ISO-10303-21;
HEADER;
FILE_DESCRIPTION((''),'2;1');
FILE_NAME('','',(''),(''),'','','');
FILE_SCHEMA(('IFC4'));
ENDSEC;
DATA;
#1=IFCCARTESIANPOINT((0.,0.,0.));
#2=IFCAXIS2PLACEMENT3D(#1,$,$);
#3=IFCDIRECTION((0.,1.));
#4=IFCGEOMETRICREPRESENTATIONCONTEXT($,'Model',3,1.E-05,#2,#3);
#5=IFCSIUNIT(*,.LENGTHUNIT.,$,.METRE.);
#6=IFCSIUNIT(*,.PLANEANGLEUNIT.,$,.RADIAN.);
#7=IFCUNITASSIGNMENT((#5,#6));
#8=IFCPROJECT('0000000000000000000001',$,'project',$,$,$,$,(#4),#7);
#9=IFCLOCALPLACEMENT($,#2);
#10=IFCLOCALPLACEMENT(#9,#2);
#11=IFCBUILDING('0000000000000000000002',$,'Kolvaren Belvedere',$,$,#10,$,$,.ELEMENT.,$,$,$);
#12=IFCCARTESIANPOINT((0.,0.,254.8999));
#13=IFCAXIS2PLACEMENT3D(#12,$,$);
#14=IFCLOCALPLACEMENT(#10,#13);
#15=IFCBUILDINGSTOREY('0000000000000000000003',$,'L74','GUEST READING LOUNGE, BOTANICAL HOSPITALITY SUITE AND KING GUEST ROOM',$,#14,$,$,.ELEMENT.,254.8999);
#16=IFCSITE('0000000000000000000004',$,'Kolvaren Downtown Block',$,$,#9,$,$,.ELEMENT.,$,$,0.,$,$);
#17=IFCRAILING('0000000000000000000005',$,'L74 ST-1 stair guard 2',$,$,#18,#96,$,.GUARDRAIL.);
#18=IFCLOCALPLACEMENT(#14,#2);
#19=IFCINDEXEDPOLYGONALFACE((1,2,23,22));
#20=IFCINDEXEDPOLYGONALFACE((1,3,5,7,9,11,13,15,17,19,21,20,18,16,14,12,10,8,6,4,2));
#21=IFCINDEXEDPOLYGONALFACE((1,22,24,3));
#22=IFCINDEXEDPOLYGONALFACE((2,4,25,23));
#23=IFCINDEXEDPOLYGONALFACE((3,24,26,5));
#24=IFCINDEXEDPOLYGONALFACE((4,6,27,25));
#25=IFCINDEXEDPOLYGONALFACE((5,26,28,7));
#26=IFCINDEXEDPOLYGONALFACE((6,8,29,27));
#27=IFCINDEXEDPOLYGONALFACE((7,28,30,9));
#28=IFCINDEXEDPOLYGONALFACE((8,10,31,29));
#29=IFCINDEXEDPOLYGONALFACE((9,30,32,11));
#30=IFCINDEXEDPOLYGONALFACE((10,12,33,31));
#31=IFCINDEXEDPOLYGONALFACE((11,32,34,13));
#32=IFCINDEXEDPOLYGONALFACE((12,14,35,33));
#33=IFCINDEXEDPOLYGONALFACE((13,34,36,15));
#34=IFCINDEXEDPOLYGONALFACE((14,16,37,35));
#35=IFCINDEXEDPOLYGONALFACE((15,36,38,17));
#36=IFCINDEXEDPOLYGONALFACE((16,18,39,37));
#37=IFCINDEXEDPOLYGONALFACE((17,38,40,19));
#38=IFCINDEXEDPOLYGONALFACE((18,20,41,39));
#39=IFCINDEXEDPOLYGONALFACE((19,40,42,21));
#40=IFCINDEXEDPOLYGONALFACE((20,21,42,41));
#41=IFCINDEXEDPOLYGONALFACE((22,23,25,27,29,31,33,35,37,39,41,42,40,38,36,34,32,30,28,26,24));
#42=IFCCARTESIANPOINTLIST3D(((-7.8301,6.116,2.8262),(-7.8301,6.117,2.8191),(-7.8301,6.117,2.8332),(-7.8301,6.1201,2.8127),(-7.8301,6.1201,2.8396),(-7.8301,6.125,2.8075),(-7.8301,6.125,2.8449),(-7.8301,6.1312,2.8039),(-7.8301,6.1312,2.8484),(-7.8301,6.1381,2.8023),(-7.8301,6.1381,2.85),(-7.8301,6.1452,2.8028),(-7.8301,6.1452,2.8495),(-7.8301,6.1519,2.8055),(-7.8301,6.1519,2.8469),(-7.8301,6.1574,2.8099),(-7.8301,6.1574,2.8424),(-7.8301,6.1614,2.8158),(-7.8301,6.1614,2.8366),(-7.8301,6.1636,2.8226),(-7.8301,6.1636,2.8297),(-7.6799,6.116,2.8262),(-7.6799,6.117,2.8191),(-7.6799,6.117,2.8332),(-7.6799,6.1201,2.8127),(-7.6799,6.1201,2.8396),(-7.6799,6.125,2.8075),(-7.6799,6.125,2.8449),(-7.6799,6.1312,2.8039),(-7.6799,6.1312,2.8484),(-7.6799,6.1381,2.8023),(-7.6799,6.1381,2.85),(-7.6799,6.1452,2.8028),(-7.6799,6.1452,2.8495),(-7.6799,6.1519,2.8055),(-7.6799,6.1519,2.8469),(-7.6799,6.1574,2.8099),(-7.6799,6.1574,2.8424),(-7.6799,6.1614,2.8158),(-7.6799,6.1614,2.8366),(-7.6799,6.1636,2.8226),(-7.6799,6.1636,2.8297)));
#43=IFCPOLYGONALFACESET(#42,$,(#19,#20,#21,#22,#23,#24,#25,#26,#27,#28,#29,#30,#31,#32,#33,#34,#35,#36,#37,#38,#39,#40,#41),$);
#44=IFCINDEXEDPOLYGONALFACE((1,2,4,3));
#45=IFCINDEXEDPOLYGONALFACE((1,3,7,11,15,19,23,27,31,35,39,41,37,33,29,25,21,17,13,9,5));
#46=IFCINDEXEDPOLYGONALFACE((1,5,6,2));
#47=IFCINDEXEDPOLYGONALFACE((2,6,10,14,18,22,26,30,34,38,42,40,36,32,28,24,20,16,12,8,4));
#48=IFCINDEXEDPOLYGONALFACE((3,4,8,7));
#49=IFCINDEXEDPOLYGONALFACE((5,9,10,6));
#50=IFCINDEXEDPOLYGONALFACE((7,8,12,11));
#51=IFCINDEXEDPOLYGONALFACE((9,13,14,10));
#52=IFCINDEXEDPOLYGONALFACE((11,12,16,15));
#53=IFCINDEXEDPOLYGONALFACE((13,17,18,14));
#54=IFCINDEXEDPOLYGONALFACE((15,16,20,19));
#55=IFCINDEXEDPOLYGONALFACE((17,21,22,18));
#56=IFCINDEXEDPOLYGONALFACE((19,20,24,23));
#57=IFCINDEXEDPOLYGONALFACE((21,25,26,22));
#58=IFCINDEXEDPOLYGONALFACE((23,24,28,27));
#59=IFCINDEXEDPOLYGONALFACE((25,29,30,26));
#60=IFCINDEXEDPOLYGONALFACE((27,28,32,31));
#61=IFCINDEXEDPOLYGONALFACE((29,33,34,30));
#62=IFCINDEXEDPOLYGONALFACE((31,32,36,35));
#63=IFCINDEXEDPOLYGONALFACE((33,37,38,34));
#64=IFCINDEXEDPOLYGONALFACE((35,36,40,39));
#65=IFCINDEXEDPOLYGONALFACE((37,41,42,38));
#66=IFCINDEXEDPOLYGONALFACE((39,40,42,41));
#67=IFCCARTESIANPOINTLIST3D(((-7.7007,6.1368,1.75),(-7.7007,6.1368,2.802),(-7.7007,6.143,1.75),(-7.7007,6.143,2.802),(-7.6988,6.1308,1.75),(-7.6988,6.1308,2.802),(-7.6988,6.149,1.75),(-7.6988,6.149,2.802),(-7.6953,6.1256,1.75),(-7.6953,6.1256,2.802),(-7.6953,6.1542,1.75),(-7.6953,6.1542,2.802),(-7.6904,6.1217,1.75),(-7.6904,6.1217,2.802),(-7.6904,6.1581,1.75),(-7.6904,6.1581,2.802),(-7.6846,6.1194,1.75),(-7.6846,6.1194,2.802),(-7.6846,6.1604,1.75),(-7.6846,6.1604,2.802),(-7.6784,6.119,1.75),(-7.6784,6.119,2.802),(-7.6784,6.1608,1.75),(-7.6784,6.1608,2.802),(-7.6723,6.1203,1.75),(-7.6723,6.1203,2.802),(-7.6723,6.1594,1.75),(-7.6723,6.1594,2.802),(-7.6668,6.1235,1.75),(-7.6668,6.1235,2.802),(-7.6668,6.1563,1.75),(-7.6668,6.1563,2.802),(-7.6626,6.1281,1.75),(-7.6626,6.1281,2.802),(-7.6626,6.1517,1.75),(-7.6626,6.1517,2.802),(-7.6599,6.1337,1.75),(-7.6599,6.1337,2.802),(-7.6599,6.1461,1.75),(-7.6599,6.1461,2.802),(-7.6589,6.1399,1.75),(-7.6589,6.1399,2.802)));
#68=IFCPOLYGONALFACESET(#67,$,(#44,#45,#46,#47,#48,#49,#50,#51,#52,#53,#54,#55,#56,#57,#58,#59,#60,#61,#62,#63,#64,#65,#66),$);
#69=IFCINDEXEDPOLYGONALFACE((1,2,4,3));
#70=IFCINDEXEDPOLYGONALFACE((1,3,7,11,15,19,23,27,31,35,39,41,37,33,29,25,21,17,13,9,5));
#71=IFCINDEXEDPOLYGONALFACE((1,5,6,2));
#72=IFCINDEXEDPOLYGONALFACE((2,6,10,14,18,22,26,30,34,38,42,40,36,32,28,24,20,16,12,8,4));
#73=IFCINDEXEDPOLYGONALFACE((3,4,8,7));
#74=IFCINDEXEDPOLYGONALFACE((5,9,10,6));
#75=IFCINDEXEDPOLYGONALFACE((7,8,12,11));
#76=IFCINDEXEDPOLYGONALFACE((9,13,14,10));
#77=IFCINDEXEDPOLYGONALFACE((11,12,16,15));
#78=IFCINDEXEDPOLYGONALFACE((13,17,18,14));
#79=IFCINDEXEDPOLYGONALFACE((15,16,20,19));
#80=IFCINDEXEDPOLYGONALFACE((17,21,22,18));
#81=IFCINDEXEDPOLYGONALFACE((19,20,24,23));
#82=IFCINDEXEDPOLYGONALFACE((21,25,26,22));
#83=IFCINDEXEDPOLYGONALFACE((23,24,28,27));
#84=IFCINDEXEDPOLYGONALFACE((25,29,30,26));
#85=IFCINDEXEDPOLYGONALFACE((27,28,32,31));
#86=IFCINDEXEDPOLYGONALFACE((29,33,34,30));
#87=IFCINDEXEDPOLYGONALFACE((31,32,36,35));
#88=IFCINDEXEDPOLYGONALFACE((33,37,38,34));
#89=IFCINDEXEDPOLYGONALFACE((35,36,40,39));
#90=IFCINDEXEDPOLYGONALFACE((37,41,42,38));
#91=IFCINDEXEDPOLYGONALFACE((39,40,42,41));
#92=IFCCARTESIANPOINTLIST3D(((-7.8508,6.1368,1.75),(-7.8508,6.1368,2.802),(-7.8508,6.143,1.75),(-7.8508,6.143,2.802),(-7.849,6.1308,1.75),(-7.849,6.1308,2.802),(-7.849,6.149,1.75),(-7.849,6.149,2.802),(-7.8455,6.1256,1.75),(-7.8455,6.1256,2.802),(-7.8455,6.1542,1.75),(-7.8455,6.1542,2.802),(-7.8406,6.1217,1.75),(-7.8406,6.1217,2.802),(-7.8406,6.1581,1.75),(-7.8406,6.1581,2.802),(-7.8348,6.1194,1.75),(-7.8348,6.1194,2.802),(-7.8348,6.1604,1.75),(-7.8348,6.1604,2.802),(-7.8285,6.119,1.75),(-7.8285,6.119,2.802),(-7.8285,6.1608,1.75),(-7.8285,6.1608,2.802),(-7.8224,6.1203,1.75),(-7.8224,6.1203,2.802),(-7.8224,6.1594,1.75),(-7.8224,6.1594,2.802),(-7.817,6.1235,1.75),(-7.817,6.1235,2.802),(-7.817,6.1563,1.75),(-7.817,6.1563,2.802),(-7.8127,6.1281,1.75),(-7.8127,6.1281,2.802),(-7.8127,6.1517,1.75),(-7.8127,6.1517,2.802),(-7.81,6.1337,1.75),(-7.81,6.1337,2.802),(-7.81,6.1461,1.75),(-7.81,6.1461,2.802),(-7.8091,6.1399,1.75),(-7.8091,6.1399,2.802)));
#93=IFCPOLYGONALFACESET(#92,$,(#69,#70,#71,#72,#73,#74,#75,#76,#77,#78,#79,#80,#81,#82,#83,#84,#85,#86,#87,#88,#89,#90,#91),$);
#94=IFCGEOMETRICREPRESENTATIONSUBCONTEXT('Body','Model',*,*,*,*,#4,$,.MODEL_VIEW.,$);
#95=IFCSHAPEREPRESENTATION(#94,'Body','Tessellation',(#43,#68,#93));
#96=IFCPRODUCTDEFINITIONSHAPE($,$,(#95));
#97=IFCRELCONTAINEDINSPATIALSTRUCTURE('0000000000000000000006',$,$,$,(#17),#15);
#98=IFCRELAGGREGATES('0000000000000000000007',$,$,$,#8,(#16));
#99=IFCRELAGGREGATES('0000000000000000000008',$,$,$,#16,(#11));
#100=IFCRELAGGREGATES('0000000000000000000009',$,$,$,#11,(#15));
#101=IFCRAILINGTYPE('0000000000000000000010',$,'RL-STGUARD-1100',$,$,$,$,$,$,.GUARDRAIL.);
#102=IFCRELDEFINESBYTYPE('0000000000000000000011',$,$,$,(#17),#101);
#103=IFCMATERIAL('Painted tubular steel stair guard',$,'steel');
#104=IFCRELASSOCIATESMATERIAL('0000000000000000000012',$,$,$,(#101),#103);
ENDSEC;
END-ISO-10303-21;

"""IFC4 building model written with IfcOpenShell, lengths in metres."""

from ifc_helpers import new_model, si_unit, direction, frame, origin, origin_2d, place, context, subcontext, project, spatial, circle, extrude, material, type_object, element, save


model = new_model("IFC4")

# Units and contexts
model_context = context("Model", 3, precision=1e-05, world=origin(), true_north=direction((0.0, 1.0)))
body_context = subcontext(model_context, "Body", "Model", "MODEL_VIEW")
ifc_project = project(units=[si_unit("LENGTHUNIT", "METRE"), si_unit("PLANEANGLEUNIT", "RADIAN")], contexts=[model_context])

# Site, building, storey
site_placement = place(None, origin())
site = spatial("IfcSite", under=ifc_project, at=site_placement, Name="Kolvaren Downtown Block", CompositionType="ELEMENT", RefElevation=0.0)
building_placement = place(site_placement, origin())
building = spatial("IfcBuilding", under=site, at=building_placement, Name="Kolvaren Belvedere", CompositionType="ELEMENT")
storey_placement = place(building_placement, frame((0.0, 0.0, 254.8999)))
storey = spatial("IfcBuildingStorey", under=building, at=storey_placement, Name="L74", Description="GUEST READING LOUNGE, BOTANICAL HOSPITALITY SUITE AND KING GUEST ROOM", CompositionType="ELEMENT", Elevation=254.8999)

# Railing
ifc_material_1 = material(Name="Painted tubular steel stair guard", Category="steel")
railing_type_1 = type_object("IfcRailingType", Name="RL-STGUARD-1100", PredefinedType="GUARDRAIL", material=ifc_material_1)
railing_1_placement = place(storey_placement, frame((-7.6799, 6.1399, 1.75)))
element("IfcRailing", 1, at=railing_1_placement, inside=storey, type_object=railing_type_1, Name="L74 ST-1 stair guard 2", PredefinedType="GUARDRAIL", context=body_context, shape_type="SweptSolid", body=[
    extrude(circle(Radius=0.0239, at=origin_2d()), frame((0.0, 0.0, 1.0762), z_axis=(-1.0, 0.0, 0.0), x_axis=(0.0, -1.0, 0.0)), (0.0, 0.0, 1.0), 0.1501),
    extrude(circle(Radius=0.021, at=origin_2d()), origin(), (0.0, 0.0, 1.0), 1.052),
    extrude(circle(Radius=0.021, at=origin_2d()), frame((-0.1501, 0.0, 0.0)), (0.0, 0.0, 1.0), 1.052),
])

save(model, "model.ifc")
